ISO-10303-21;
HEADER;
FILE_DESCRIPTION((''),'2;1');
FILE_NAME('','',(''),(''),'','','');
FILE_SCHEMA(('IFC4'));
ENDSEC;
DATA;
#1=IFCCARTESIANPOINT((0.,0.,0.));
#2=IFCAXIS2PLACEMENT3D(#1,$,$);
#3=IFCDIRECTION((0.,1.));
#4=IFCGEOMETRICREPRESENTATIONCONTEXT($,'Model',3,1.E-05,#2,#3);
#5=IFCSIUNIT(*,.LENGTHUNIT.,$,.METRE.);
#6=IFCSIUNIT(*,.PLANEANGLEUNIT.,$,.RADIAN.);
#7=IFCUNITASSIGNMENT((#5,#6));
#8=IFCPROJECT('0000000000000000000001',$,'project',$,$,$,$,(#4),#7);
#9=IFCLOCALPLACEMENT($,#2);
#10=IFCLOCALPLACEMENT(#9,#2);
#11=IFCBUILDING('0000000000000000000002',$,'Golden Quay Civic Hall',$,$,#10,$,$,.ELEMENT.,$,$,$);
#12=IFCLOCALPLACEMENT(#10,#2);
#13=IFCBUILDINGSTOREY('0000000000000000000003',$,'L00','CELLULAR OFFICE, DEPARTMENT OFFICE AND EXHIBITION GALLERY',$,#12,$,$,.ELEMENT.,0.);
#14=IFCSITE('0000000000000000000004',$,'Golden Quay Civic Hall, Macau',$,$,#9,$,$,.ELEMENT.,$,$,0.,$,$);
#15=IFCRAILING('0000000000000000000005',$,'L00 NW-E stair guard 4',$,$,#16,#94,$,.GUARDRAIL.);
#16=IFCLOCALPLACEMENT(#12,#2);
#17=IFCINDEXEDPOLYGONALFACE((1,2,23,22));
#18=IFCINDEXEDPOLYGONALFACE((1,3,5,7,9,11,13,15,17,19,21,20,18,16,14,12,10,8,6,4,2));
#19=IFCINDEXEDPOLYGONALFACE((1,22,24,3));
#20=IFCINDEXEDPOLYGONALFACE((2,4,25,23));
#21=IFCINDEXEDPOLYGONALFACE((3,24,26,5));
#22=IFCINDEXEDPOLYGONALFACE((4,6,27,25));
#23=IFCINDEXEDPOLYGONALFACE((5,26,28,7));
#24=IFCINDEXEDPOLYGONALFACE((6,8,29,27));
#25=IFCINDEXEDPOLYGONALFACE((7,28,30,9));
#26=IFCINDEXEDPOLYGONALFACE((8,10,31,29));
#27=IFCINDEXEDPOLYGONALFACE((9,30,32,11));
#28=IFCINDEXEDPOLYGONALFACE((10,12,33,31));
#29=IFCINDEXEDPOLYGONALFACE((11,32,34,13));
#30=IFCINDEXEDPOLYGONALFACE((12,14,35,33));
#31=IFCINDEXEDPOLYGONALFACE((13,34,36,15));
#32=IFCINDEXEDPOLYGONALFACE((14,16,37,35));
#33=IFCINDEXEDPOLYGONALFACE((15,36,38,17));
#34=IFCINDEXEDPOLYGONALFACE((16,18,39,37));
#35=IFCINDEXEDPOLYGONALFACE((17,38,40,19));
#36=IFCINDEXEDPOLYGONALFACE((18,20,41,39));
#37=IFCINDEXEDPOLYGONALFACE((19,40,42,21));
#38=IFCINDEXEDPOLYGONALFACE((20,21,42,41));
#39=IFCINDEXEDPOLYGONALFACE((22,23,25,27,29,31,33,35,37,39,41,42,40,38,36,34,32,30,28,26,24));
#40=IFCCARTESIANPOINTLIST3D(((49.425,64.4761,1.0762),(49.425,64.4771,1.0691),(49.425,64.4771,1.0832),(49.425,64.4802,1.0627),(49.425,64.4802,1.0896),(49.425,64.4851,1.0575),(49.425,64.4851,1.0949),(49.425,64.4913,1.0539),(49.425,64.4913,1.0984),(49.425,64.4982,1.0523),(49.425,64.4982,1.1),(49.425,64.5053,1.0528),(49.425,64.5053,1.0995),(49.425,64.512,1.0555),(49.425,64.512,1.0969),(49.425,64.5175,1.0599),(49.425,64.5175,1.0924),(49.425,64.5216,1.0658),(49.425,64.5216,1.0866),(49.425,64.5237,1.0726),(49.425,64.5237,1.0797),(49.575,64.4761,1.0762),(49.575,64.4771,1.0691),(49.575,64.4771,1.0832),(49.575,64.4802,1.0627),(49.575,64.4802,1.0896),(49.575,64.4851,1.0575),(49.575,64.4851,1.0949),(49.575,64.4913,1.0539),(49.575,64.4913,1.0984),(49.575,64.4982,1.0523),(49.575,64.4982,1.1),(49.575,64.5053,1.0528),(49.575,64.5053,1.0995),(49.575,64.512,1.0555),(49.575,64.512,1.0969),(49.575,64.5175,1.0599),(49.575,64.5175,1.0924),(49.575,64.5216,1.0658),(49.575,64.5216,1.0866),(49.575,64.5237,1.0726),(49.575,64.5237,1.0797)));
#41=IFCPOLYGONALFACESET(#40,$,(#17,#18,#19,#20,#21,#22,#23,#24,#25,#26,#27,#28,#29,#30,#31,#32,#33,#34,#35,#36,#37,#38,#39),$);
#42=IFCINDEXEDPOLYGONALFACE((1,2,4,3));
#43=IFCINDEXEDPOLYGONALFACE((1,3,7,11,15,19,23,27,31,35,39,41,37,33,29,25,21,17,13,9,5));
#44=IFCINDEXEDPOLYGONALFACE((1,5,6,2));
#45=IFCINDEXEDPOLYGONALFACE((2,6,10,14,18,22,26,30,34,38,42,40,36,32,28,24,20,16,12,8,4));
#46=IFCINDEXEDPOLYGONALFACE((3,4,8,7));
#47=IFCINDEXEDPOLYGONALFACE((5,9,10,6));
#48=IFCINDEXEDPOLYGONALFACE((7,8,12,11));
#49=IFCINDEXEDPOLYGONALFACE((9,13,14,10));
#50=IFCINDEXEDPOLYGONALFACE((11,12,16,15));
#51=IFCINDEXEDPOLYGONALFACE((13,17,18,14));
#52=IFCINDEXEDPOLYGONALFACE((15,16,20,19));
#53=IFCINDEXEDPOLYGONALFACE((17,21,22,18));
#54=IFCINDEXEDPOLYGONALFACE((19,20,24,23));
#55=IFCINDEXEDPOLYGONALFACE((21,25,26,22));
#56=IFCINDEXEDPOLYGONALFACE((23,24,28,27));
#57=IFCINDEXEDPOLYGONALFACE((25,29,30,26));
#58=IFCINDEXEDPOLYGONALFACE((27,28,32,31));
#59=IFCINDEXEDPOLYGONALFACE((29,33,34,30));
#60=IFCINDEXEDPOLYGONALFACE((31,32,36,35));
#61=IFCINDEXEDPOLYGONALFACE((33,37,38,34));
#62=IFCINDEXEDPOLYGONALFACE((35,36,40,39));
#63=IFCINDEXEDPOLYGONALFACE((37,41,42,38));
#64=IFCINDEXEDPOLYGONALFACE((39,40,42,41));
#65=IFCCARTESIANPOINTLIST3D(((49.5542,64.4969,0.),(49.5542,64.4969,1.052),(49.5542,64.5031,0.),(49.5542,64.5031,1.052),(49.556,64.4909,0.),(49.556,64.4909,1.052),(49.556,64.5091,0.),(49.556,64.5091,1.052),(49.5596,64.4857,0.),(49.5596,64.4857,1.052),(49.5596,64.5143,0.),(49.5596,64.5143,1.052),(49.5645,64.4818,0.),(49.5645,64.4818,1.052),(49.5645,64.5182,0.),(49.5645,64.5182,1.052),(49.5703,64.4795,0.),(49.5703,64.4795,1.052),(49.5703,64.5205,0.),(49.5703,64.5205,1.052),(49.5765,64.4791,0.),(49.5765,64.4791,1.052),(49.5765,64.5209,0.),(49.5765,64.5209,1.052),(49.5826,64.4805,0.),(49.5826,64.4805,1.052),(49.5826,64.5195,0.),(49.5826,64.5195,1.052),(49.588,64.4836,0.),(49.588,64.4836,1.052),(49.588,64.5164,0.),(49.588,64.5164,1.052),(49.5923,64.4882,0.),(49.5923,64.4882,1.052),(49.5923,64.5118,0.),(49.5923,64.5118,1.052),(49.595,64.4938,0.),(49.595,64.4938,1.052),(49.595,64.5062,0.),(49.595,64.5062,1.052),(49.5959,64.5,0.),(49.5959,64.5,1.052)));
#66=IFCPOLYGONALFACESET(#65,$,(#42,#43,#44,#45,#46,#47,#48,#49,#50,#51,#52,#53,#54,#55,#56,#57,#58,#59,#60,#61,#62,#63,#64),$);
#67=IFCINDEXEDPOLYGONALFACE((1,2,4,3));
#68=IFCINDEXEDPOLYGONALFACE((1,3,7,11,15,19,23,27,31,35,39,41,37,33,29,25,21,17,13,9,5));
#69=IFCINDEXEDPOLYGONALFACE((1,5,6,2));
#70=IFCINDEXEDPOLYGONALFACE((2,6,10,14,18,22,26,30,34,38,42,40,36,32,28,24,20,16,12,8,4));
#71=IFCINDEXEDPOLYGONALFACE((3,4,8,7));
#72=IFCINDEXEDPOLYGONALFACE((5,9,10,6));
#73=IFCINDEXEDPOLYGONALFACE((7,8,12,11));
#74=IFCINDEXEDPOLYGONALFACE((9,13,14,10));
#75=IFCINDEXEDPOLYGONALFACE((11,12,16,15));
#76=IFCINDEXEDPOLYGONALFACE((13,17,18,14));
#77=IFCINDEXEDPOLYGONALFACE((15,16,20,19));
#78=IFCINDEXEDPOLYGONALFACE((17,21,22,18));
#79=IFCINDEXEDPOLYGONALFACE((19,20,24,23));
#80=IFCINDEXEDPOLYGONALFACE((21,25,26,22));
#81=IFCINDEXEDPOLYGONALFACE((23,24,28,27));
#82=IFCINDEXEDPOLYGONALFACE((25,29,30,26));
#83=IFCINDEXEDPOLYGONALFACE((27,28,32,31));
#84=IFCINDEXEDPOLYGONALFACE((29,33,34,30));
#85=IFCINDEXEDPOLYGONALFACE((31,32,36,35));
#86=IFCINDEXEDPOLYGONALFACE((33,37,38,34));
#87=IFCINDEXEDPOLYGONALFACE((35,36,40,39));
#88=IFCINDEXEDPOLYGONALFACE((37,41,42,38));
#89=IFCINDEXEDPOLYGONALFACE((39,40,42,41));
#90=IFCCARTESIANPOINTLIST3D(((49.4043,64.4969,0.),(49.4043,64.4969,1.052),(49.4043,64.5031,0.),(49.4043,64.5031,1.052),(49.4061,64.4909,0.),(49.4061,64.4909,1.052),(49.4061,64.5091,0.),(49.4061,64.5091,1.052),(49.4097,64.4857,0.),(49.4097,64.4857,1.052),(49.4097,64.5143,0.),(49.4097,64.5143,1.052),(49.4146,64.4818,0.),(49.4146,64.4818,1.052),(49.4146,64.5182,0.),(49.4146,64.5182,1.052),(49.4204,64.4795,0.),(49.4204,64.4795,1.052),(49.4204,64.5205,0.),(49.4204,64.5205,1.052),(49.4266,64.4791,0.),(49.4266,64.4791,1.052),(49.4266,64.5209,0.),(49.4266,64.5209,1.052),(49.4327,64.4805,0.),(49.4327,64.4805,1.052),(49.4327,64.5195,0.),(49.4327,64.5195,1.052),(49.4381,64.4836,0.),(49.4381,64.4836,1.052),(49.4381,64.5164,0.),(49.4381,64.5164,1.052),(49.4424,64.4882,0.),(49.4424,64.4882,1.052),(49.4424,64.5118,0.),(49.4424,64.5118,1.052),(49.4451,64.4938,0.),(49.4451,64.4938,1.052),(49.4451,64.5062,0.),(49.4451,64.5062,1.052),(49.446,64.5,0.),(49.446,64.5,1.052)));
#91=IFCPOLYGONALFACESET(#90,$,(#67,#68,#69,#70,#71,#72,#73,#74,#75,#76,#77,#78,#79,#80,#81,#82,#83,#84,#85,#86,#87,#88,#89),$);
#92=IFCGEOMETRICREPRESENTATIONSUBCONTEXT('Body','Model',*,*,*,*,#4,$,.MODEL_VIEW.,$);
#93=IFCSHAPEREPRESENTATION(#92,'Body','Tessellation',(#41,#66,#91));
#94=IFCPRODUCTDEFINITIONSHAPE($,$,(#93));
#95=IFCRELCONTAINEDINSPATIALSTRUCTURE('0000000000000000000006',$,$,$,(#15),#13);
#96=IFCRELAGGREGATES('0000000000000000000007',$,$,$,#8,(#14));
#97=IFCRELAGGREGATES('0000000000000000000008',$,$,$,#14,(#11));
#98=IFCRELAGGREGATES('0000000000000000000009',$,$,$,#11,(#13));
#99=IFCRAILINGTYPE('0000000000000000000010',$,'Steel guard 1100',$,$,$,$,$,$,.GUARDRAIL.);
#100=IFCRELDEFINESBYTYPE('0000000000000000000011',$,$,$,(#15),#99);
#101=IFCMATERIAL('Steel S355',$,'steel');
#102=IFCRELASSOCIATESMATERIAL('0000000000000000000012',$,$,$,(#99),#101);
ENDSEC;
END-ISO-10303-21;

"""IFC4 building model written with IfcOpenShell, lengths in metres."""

from ifc_helpers import new_model, si_unit, direction, frame, origin, origin_2d, place, context, subcontext, project, spatial, circle, extrude, material, type_object, element, save


model = new_model("IFC4")

# Units and contexts
model_context = context("Model", 3, precision=1e-05, world=origin(), true_north=direction((0.0, 1.0)))
body_context = subcontext(model_context, "Body", "Model", "MODEL_VIEW")
ifc_project = project(units=[si_unit("LENGTHUNIT", "METRE"), si_unit("PLANEANGLEUNIT", "RADIAN")], contexts=[model_context])

# Site, building, storey
site_placement = place(None, origin())
site = spatial("IfcSite", under=ifc_project, at=site_placement, Name="Golden Quay Civic Hall, Macau", CompositionType="ELEMENT", RefElevation=0.0)
building_placement = place(site_placement, origin())
building = spatial("IfcBuilding", under=site, at=building_placement, Name="Golden Quay Civic Hall", CompositionType="ELEMENT")
storey_placement = place(building_placement, origin())
storey = spatial("IfcBuildingStorey", under=building, at=storey_placement, Name="L00", Description="CELLULAR OFFICE, DEPARTMENT OFFICE AND EXHIBITION GALLERY", CompositionType="ELEMENT", Elevation=0.0)

# Railing
ifc_material_1 = material(Name="Steel S355", Category="steel")
railing_type_1 = type_object("IfcRailingType", Name="Steel guard 1100", PredefinedType="GUARDRAIL", material=ifc_material_1)
railing_1_placement = place(storey_placement, frame((49.575, 64.5, 0.0)))
element("IfcRailing", 1, at=railing_1_placement, inside=storey, type_object=railing_type_1, Name="L00 NW-E stair guard 4", PredefinedType="GUARDRAIL", context=body_context, shape_type="SweptSolid", body=[
    extrude(circle(Radius=0.0239, at=origin_2d()), frame((0.0, 0.0, 1.0762), z_axis=(-1.0, 0.0, 0.0), x_axis=(0.0, -1.0, 0.0)), (0.0, 0.0, 1.0), 0.1499),
    extrude(circle(Radius=0.021, at=origin_2d()), origin(), (0.0, 0.0, 1.0), 1.052),
    extrude(circle(Radius=0.021, at=origin_2d()), frame((-0.1499, 0.0, 0.0)), (0.0, 0.0, 1.0), 1.052),
])

save(model, "model.ifc")
